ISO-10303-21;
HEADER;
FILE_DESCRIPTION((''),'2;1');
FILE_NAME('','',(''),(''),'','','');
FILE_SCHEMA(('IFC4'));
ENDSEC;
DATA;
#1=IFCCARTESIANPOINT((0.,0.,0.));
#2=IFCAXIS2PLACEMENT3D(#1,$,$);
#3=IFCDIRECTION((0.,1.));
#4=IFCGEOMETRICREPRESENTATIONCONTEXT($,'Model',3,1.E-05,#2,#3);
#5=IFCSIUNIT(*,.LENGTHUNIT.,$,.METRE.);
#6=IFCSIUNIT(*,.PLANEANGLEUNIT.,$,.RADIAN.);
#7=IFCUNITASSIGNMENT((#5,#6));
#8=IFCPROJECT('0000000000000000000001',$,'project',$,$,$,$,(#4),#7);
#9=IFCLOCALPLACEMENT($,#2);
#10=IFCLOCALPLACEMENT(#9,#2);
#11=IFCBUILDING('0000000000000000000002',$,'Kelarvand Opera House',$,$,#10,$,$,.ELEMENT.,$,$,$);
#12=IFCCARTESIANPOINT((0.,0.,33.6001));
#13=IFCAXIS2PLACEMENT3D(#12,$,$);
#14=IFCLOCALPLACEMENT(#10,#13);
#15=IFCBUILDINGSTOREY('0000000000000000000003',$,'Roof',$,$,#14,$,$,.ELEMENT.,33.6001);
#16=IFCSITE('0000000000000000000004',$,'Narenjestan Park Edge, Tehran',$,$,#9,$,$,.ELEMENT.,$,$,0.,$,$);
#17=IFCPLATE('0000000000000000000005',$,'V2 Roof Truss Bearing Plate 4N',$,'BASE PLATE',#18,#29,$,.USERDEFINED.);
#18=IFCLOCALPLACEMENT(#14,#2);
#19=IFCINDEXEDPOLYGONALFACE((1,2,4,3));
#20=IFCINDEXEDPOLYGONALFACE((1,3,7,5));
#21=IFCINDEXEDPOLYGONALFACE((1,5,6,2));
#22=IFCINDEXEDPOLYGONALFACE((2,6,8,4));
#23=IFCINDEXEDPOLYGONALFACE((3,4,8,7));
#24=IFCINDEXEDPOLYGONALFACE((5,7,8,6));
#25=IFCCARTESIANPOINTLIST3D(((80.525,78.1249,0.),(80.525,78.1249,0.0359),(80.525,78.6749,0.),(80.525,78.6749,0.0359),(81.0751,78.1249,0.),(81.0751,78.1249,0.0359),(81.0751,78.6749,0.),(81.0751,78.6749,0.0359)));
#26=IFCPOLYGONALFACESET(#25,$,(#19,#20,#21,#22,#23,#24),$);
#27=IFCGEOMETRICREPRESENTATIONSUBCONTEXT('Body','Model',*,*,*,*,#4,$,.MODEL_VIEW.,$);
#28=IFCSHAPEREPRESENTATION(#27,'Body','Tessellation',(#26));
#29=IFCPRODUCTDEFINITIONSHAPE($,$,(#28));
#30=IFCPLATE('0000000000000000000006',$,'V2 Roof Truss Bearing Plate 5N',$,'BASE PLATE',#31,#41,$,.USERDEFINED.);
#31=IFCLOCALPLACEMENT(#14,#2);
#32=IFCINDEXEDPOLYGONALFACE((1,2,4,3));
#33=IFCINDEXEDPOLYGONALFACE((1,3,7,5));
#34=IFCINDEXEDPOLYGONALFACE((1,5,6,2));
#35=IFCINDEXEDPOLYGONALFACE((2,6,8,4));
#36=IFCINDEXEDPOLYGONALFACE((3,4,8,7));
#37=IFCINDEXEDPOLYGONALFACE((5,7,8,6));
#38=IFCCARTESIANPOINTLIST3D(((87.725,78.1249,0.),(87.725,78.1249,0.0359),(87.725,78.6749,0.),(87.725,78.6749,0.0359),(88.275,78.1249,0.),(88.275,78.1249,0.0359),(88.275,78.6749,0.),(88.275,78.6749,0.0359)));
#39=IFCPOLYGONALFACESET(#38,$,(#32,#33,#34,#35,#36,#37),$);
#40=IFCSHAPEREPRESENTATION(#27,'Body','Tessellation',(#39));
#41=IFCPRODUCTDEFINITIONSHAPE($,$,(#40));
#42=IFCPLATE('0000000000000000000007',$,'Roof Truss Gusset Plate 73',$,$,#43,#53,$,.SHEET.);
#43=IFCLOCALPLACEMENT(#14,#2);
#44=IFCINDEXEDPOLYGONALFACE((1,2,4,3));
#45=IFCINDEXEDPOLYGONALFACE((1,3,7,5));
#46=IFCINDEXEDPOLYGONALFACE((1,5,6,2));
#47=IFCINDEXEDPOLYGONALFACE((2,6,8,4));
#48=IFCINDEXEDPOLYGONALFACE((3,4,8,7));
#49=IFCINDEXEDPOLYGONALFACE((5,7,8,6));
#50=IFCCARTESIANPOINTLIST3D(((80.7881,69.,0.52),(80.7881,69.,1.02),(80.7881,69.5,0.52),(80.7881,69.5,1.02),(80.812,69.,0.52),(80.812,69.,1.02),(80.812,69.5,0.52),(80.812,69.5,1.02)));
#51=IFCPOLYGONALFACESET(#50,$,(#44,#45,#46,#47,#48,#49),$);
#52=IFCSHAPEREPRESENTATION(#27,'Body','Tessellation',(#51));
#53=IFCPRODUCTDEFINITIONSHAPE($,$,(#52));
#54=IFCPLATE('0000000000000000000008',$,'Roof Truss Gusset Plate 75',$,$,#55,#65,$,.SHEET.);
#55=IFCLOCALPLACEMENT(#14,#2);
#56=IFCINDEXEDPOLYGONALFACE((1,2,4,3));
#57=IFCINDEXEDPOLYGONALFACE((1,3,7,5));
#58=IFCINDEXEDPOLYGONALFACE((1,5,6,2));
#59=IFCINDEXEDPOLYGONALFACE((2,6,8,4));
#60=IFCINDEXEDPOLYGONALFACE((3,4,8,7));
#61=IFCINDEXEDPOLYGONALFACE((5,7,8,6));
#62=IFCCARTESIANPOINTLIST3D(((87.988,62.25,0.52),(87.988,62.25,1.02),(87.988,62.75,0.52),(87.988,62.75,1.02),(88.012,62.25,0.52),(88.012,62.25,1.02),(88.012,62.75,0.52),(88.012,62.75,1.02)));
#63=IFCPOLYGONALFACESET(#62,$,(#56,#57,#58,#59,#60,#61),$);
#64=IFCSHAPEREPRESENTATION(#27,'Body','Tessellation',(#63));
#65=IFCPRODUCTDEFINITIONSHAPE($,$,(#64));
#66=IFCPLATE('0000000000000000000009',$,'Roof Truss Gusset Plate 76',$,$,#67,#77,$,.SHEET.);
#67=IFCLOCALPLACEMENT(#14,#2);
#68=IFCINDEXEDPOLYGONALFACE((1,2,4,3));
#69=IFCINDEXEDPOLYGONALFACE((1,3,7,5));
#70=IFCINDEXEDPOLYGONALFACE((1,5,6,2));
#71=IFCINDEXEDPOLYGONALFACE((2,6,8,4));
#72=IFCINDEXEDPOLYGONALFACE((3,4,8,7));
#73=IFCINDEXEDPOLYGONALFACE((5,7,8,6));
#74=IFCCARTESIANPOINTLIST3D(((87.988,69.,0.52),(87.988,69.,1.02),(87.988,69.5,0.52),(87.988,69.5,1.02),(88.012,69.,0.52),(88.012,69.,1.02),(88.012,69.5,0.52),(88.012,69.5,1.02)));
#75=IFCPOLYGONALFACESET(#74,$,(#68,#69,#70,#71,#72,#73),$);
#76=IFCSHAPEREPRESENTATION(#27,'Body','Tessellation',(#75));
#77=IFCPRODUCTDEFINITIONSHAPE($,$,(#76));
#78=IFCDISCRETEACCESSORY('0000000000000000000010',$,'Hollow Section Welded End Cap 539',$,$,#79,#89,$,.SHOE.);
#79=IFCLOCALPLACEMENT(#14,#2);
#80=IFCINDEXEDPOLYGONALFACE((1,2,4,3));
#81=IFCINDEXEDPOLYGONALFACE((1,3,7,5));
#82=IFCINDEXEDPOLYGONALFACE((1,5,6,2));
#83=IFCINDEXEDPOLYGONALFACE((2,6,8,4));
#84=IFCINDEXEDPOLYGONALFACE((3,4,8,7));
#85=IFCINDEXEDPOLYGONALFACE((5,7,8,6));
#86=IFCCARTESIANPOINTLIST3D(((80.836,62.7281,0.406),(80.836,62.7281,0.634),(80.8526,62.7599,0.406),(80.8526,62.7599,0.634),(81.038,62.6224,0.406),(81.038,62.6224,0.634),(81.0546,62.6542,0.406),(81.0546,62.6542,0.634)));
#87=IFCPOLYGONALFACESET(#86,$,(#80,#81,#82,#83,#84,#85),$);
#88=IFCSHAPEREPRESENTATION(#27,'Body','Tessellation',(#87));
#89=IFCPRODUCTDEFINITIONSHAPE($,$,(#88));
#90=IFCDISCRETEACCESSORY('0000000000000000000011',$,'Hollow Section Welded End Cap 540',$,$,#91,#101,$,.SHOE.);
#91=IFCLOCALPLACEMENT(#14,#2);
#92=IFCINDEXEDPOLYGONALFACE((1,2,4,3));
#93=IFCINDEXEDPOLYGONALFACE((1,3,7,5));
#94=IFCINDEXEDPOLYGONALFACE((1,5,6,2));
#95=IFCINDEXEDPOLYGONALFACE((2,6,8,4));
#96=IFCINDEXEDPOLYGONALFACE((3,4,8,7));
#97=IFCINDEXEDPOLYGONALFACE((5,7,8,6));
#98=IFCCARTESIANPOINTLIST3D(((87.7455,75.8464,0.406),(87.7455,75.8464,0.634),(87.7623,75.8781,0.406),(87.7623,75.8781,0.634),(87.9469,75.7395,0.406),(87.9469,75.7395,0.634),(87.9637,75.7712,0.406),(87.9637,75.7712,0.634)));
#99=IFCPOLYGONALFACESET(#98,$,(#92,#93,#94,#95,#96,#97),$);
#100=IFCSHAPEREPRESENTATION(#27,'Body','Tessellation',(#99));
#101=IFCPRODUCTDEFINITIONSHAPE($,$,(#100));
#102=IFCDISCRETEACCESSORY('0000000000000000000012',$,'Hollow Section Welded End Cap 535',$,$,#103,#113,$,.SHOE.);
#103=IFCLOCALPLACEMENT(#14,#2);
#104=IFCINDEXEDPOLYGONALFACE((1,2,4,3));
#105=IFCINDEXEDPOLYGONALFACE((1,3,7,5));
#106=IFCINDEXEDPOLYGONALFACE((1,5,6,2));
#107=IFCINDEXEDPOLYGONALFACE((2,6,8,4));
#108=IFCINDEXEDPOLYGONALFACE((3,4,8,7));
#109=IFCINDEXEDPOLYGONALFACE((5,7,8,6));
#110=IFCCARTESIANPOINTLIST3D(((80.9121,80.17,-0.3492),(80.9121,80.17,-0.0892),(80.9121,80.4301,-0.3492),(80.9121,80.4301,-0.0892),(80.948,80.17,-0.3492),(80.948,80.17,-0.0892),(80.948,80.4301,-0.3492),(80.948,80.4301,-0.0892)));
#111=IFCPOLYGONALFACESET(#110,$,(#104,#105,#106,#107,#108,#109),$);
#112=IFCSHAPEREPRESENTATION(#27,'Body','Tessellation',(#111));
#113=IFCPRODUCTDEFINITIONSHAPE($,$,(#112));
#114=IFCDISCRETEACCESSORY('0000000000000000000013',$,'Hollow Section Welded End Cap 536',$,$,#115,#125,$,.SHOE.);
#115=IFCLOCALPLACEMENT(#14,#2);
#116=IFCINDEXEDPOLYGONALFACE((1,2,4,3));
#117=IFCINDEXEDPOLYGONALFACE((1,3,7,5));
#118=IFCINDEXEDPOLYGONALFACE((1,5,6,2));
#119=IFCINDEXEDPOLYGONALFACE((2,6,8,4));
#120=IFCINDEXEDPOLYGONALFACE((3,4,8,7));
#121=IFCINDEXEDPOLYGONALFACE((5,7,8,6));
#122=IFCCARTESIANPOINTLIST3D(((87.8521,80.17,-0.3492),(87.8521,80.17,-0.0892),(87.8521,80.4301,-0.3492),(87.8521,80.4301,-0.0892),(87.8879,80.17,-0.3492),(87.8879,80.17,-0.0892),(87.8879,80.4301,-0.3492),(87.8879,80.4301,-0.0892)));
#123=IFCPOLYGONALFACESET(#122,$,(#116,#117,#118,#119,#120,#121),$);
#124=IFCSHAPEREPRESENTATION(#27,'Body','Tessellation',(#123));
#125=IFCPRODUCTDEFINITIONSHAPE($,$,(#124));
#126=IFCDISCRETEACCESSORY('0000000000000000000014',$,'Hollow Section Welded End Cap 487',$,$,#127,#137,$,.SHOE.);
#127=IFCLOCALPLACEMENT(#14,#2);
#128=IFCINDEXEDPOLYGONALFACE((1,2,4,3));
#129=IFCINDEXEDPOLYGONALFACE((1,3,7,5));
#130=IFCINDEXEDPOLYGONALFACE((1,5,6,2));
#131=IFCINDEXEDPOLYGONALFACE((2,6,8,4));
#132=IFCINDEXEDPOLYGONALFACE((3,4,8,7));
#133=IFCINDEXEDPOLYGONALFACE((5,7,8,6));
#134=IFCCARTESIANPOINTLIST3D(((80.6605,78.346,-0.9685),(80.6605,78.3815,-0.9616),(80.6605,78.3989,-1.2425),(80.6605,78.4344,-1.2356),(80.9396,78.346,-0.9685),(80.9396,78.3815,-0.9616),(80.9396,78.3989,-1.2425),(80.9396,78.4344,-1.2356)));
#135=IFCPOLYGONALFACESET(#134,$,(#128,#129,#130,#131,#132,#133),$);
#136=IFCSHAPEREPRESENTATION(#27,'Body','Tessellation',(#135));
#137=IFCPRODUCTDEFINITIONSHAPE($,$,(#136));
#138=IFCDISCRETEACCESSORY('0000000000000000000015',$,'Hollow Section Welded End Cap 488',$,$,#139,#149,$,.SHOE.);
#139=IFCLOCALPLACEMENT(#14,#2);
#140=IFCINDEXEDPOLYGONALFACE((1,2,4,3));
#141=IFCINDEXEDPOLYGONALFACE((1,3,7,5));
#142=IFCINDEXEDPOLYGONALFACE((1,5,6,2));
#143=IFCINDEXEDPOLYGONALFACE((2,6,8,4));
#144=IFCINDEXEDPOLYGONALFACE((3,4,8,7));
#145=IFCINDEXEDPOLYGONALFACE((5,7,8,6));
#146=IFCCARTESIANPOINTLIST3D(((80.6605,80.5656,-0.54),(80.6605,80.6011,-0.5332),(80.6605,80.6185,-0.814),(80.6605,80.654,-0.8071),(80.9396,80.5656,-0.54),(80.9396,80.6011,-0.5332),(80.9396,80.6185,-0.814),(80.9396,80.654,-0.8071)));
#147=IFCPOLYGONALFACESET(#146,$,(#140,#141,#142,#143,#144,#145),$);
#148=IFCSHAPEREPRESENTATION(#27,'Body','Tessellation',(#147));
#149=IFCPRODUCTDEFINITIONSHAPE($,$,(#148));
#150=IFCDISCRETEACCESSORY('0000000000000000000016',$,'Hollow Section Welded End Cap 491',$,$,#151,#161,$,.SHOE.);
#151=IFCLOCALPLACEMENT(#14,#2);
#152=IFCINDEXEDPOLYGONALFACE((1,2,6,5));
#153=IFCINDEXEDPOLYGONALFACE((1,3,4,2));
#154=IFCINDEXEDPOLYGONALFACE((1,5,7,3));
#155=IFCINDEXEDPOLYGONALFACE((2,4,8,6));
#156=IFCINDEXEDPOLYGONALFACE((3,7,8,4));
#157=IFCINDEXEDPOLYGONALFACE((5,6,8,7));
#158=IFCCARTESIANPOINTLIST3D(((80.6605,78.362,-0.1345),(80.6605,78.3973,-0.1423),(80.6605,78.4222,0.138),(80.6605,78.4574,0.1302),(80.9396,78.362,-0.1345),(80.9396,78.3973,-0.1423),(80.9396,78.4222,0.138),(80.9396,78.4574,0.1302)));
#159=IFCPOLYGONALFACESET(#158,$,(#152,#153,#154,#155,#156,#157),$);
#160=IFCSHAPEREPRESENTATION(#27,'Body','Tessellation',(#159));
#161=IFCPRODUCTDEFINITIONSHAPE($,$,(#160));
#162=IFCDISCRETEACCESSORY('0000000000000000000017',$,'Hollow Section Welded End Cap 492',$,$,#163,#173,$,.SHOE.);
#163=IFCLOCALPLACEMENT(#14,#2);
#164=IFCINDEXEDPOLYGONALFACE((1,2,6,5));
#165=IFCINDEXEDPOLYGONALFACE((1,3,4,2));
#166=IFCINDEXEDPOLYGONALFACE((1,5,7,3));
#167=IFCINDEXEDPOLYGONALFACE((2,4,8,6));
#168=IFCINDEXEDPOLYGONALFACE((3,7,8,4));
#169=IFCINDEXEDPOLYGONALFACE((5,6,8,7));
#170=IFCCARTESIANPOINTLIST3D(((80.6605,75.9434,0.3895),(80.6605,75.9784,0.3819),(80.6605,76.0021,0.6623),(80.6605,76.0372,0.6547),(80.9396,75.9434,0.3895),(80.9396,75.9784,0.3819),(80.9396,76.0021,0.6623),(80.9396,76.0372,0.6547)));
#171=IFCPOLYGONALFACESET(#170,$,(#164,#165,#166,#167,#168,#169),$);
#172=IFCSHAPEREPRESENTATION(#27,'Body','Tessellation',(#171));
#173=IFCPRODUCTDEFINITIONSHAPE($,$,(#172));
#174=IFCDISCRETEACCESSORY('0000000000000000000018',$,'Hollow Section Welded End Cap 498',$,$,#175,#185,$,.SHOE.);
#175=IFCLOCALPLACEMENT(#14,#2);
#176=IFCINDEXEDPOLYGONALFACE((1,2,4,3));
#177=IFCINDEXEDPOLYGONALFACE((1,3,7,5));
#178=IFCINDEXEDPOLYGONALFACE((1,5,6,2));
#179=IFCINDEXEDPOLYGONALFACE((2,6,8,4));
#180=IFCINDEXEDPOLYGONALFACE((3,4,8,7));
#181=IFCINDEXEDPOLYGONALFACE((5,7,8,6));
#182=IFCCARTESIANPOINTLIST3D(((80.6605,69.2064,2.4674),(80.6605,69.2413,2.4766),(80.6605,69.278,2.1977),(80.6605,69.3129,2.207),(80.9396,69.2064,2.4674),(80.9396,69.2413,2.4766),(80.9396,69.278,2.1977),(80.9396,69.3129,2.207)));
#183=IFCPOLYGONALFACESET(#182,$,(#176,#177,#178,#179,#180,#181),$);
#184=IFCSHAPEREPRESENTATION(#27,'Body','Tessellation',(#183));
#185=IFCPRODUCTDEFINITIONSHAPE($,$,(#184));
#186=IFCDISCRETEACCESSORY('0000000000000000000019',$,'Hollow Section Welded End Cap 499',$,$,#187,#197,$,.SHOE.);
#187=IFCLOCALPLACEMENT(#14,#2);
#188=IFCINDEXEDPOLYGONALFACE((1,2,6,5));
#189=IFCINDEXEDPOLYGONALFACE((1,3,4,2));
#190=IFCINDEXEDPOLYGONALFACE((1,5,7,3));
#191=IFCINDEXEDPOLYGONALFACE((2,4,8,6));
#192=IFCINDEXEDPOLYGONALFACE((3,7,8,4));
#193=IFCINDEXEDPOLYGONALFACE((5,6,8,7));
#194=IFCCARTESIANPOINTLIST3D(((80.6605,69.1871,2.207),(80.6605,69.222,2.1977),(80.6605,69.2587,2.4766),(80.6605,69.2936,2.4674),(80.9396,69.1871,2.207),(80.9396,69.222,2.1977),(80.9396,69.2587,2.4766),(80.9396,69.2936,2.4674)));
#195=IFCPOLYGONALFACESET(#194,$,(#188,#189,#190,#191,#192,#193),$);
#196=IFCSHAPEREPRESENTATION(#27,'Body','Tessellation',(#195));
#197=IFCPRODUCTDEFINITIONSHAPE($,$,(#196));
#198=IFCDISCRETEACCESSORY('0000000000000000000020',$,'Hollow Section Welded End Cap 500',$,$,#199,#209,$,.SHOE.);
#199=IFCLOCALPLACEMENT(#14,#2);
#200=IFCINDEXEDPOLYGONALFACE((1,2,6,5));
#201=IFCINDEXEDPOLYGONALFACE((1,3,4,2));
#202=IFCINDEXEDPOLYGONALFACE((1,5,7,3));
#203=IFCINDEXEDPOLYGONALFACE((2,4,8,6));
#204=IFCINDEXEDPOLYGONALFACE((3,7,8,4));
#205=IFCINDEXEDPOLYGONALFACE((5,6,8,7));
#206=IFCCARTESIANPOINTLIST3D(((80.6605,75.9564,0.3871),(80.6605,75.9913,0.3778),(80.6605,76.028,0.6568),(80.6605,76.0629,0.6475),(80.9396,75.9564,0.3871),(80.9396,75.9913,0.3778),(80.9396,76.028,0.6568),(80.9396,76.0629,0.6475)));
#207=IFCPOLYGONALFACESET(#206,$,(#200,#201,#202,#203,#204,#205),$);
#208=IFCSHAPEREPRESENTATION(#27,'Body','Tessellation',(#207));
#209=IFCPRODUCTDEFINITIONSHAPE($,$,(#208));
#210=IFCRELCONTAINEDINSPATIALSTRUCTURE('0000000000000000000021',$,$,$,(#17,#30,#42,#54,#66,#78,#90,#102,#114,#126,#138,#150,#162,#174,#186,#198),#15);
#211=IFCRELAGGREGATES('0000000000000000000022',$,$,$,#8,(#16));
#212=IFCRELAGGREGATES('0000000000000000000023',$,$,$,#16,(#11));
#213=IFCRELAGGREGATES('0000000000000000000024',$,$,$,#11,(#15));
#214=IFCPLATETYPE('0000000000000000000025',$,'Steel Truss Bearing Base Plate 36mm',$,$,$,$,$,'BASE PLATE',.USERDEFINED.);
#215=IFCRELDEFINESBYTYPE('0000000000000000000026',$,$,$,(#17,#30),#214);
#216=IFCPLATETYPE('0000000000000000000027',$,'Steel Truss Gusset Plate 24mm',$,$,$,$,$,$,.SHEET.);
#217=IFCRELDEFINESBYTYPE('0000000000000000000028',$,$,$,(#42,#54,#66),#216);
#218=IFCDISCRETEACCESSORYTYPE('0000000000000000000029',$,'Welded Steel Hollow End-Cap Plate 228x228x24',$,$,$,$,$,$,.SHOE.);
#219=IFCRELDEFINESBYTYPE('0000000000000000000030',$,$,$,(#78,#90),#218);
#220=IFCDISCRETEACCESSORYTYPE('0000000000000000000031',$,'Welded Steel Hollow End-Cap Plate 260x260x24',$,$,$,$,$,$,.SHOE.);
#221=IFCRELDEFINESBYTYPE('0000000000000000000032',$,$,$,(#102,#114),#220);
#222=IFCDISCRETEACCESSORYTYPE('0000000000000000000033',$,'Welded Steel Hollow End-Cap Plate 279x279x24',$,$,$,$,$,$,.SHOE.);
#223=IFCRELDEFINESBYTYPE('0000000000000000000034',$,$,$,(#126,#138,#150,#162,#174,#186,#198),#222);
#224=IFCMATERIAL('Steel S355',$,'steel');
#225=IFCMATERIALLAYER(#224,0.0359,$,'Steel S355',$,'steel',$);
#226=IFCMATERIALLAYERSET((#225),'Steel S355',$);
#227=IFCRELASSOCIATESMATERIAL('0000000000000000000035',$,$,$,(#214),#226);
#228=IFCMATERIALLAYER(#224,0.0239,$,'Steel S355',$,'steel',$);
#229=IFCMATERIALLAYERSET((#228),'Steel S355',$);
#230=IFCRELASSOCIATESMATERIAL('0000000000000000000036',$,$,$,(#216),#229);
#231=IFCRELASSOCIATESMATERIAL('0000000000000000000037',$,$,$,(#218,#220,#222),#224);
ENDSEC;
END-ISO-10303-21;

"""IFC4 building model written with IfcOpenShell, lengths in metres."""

from ifc_helpers import new_model, si_unit, direction, frame, origin, origin_2d, place, context, subcontext, project, spatial, rectangle, extrude, material, layer, layer_set, material_profile, profile_set, type_object, element, save


model = new_model("IFC4")

# Units and contexts
model_context = context("Model", 3, precision=1e-05, world=origin(), true_north=direction((0.0, 1.0)))
body_context = subcontext(model_context, "Body", "Model", "MODEL_VIEW")
ifc_project = project(units=[si_unit("LENGTHUNIT", "METRE"), si_unit("PLANEANGLEUNIT", "RADIAN")], contexts=[model_context])

# Site, building, storey
site_placement = place(None, origin())
site = spatial("IfcSite", under=ifc_project, at=site_placement, Name="Narenjestan Park Edge, Tehran", CompositionType="ELEMENT", RefElevation=0.0)
building_placement = place(site_placement, origin())
building = spatial("IfcBuilding", under=site, at=building_placement, Name="Kelarvand Opera House", CompositionType="ELEMENT")
storey_placement = place(building_placement, frame((0.0, 0.0, 33.6001)))
storey = spatial("IfcBuildingStorey", under=building, at=storey_placement, Name="Roof", CompositionType="ELEMENT", Elevation=33.6001)

# Shared definitions
ifc_material = material(Name="Steel S355", Category="steel")

# Plates
ifc_layer_1 = layer(ifc_material, 0.0359, Name="Steel S355", Category="steel")
ifc_layer_set_1 = layer_set([ifc_layer_1], Name="Steel S355")
plate_type_1 = type_object("IfcPlateType", Name="Steel Truss Bearing Base Plate 36mm", ElementType="BASE PLATE", PredefinedType="USERDEFINED", material=ifc_layer_set_1)
for number, where, z_axis, x_axis, name in (
    (1, (80.8, 78.3999, 0.0), (0.0, 0.0, 1.0), (1.0, 0.0, 0.0), "V2 Roof Truss Bearing Plate 4N"),
    (2, (88.0, 78.3999, 0.0), (0.0, 0.0, 1.0), (1.0, 0.0, 0.0), "V2 Roof Truss Bearing Plate 5N"),
):
    element("IfcPlate", number, at=place(storey_placement, frame(where, z_axis=z_axis, x_axis=x_axis)), inside=storey, type_object=plate_type_1, Name=name, ObjectType="BASE PLATE", PredefinedType="USERDEFINED", context=body_context, shape_type="SweptSolid", body=[
        extrude(rectangle(XDim=0.55, YDim=0.55, at=origin_2d()), origin(), (0.0, 0.0, 1.0), 0.0359),
    ])
ifc_layer_2 = layer(ifc_material, 0.0239, Name="Steel S355", Category="steel")
ifc_layer_set_2 = layer_set([ifc_layer_2], Name="Steel S355")
plate_type_2 = type_object("IfcPlateType", Name="Steel Truss Gusset Plate 24mm", PredefinedType="SHEET", material=ifc_layer_set_2)
for number, where, z_axis, x_axis, name in (
    (3, (80.8, 69.25, 0.52), (0.0, 0.0, 1.0), (1.0, 0.0, 0.0), "Roof Truss Gusset Plate 73"),
    (4, (88.0, 62.5, 0.52), (0.0, 0.0, 1.0), (1.0, 0.0, 0.0), "Roof Truss Gusset Plate 75"),
    (5, (88.0, 69.25, 0.52), (0.0, 0.0, 1.0), (1.0, 0.0, 0.0), "Roof Truss Gusset Plate 76"),
):
    element("IfcPlate", number, at=place(storey_placement, frame(where, z_axis=z_axis, x_axis=x_axis)), inside=storey, type_object=plate_type_2, Name=name, PredefinedType="SHEET", context=body_context, shape_type="SweptSolid", body=[
        extrude(rectangle(XDim=0.0239, YDim=0.5, at=origin_2d()), origin(), (0.0, 0.0, 1.0), 0.5),
    ])

# Discrete accessories
ifc_material_profile_1 = material_profile(ifc_material, rectangle(XDim=0.228, YDim=0.228, at=origin_2d()), Name="Welded Steel Hollow End-Cap Plate 228x228x24", Category="steel")
ifc_profile_set_1 = profile_set([ifc_material_profile_1], Name="Steel S355")
discrete_accessory_type_1 = type_object("IfcDiscreteAccessoryType", Name="Welded Steel Hollow End-Cap Plate 228x228x24", PredefinedType="SHOE", material=ifc_profile_set_1)
for number, where, z_axis, x_axis, name in (
    (6, (80.9536, 62.707, 0.52), (-0.463498, -0.886098, 0.0), (0.886098, -0.463498, 0.0), "Hollow Section Welded End Cap 539"),
    (7, (87.8462, 75.793, 0.52), (0.468824, 0.883292, 0.0), (-0.883292, 0.468824, 0.0), "Hollow Section Welded End Cap 540"),
):
    element("IfcDiscreteAccessory", number, at=place(storey_placement, frame(where, z_axis=z_axis, x_axis=x_axis)), inside=storey, type_object=discrete_accessory_type_1, Name=name, PredefinedType="SHOE", context=body_context, shape_type="SweptSolid", body=[
        extrude(rectangle(XDim=0.228, YDim=0.228, at=origin_2d()), origin(), (0.0, 0.0, 1.0), 0.0359),
    ])
ifc_material_profile_2 = material_profile(ifc_material, rectangle(XDim=0.26, YDim=0.26, at=origin_2d()), Name="Welded Steel Hollow End-Cap Plate 260x260x24", Category="steel")
ifc_profile_set_2 = profile_set([ifc_material_profile_2], Name="Steel S355")
discrete_accessory_type_2 = type_object("IfcDiscreteAccessoryType", Name="Welded Steel Hollow End-Cap Plate 260x260x24", PredefinedType="SHOE", material=ifc_profile_set_2)
for number, where, z_axis, x_axis, name in (
    (8, (80.948, 80.3, -0.2192), (-1.0, 0.0, 0.0), (0.0, -1.0, 0.0), "Hollow Section Welded End Cap 535"),
    (9, (87.8521, 80.3, -0.2192), (1.0, 0.0, 0.0), (0.0, 1.0, 0.0), "Hollow Section Welded End Cap 536"),
):
    element("IfcDiscreteAccessory", number, at=place(storey_placement, frame(where, z_axis=z_axis, x_axis=x_axis)), inside=storey, type_object=discrete_accessory_type_2, Name=name, PredefinedType="SHOE", context=body_context, shape_type="SweptSolid", body=[
        extrude(rectangle(XDim=0.26, YDim=0.26, at=origin_2d()), origin(), (0.0, 0.0, 1.0), 0.0359),
    ])
ifc_material_profile_3 = material_profile(ifc_material, rectangle(XDim=0.2791, YDim=0.2791, at=origin_2d()), Name="Welded Steel Hollow End-Cap Plate 279x279x24", Category="steel")
ifc_profile_set_3 = profile_set([ifc_material_profile_3], Name="Steel S355")
discrete_accessory_type_3 = type_object("IfcDiscreteAccessoryType", Name="Welded Steel Hollow End-Cap Plate 279x279x24", PredefinedType="SHOE", material=ifc_profile_set_3)
for number, where, z_axis, x_axis, name in (
    (10, (80.8, 78.408, -1.0986), (0.0, -0.981861, -0.189601), (1.0, 0.0, 0.0), "Hollow Section Welded End Cap 487"),
    (11, (80.8, 80.592, -0.677), (0.0, 0.981861, 0.189601), (-1.0, 0.0, 0.0), "Hollow Section Welded End Cap 488"),
    (12, (80.8, 78.3921, 0.0017), (0.0, 0.976503, -0.215504), (-1.0, 0.0, 0.0), "Hollow Section Welded End Cap 491"),
):
    element("IfcDiscreteAccessory", number, at=place(storey_placement, frame(where, z_axis=z_axis, x_axis=x_axis)), inside=storey, type_object=discrete_accessory_type_3, Name=name, PredefinedType="SHOE", context=body_context, shape_type="SweptSolid", body=[
        extrude(rectangle(XDim=0.2791, YDim=0.2791, at=origin_2d()), origin(), (0.0, 0.0, 1.0), 0.0361),
    ])
discrete_accessory_placement = place(storey_placement, frame((80.8, 76.0078, 0.5183), z_axis=(0.0, -0.977603, 0.210456), x_axis=(1.0, 0.0, 0.0)))
element("IfcDiscreteAccessory", 13, at=discrete_accessory_placement, inside=storey, type_object=discrete_accessory_type_3, Name="Hollow Section Welded End Cap 492", PredefinedType="SHOE", context=body_context, shape_type="SweptSolid", body=[
    extrude(rectangle(XDim=0.2791, YDim=0.2791, at=origin_2d()), origin(), (0.0, 0.0, 1.0), 0.0359),
])
for number, where, z_axis, x_axis, name in (
    (14, (80.8, 69.2422, 2.3325), (0.0, 0.966459, 0.256821), (-1.0, 0.0, 0.0), "Hollow Section Welded End Cap 498"),
    (15, (80.8, 69.2578, 2.3325), (0.0, -0.966459, 0.256821), (1.0, 0.0, 0.0), "Hollow Section Welded End Cap 499"),
    (16, (80.8, 75.9922, 0.522), (0.0, 0.966459, -0.256821), (-1.0, 0.0, 0.0), "Hollow Section Welded End Cap 500"),
):
    element("IfcDiscreteAccessory", number, at=place(storey_placement, frame(where, z_axis=z_axis, x_axis=x_axis)), inside=storey, type_object=discrete_accessory_type_3, Name=name, PredefinedType="SHOE", context=body_context, shape_type="SweptSolid", body=[
        extrude(rectangle(XDim=0.2791, YDim=0.2791, at=origin_2d()), origin(), (0.0, 0.0, 1.0), 0.0361),
    ])

save(model, "model.ifc")
